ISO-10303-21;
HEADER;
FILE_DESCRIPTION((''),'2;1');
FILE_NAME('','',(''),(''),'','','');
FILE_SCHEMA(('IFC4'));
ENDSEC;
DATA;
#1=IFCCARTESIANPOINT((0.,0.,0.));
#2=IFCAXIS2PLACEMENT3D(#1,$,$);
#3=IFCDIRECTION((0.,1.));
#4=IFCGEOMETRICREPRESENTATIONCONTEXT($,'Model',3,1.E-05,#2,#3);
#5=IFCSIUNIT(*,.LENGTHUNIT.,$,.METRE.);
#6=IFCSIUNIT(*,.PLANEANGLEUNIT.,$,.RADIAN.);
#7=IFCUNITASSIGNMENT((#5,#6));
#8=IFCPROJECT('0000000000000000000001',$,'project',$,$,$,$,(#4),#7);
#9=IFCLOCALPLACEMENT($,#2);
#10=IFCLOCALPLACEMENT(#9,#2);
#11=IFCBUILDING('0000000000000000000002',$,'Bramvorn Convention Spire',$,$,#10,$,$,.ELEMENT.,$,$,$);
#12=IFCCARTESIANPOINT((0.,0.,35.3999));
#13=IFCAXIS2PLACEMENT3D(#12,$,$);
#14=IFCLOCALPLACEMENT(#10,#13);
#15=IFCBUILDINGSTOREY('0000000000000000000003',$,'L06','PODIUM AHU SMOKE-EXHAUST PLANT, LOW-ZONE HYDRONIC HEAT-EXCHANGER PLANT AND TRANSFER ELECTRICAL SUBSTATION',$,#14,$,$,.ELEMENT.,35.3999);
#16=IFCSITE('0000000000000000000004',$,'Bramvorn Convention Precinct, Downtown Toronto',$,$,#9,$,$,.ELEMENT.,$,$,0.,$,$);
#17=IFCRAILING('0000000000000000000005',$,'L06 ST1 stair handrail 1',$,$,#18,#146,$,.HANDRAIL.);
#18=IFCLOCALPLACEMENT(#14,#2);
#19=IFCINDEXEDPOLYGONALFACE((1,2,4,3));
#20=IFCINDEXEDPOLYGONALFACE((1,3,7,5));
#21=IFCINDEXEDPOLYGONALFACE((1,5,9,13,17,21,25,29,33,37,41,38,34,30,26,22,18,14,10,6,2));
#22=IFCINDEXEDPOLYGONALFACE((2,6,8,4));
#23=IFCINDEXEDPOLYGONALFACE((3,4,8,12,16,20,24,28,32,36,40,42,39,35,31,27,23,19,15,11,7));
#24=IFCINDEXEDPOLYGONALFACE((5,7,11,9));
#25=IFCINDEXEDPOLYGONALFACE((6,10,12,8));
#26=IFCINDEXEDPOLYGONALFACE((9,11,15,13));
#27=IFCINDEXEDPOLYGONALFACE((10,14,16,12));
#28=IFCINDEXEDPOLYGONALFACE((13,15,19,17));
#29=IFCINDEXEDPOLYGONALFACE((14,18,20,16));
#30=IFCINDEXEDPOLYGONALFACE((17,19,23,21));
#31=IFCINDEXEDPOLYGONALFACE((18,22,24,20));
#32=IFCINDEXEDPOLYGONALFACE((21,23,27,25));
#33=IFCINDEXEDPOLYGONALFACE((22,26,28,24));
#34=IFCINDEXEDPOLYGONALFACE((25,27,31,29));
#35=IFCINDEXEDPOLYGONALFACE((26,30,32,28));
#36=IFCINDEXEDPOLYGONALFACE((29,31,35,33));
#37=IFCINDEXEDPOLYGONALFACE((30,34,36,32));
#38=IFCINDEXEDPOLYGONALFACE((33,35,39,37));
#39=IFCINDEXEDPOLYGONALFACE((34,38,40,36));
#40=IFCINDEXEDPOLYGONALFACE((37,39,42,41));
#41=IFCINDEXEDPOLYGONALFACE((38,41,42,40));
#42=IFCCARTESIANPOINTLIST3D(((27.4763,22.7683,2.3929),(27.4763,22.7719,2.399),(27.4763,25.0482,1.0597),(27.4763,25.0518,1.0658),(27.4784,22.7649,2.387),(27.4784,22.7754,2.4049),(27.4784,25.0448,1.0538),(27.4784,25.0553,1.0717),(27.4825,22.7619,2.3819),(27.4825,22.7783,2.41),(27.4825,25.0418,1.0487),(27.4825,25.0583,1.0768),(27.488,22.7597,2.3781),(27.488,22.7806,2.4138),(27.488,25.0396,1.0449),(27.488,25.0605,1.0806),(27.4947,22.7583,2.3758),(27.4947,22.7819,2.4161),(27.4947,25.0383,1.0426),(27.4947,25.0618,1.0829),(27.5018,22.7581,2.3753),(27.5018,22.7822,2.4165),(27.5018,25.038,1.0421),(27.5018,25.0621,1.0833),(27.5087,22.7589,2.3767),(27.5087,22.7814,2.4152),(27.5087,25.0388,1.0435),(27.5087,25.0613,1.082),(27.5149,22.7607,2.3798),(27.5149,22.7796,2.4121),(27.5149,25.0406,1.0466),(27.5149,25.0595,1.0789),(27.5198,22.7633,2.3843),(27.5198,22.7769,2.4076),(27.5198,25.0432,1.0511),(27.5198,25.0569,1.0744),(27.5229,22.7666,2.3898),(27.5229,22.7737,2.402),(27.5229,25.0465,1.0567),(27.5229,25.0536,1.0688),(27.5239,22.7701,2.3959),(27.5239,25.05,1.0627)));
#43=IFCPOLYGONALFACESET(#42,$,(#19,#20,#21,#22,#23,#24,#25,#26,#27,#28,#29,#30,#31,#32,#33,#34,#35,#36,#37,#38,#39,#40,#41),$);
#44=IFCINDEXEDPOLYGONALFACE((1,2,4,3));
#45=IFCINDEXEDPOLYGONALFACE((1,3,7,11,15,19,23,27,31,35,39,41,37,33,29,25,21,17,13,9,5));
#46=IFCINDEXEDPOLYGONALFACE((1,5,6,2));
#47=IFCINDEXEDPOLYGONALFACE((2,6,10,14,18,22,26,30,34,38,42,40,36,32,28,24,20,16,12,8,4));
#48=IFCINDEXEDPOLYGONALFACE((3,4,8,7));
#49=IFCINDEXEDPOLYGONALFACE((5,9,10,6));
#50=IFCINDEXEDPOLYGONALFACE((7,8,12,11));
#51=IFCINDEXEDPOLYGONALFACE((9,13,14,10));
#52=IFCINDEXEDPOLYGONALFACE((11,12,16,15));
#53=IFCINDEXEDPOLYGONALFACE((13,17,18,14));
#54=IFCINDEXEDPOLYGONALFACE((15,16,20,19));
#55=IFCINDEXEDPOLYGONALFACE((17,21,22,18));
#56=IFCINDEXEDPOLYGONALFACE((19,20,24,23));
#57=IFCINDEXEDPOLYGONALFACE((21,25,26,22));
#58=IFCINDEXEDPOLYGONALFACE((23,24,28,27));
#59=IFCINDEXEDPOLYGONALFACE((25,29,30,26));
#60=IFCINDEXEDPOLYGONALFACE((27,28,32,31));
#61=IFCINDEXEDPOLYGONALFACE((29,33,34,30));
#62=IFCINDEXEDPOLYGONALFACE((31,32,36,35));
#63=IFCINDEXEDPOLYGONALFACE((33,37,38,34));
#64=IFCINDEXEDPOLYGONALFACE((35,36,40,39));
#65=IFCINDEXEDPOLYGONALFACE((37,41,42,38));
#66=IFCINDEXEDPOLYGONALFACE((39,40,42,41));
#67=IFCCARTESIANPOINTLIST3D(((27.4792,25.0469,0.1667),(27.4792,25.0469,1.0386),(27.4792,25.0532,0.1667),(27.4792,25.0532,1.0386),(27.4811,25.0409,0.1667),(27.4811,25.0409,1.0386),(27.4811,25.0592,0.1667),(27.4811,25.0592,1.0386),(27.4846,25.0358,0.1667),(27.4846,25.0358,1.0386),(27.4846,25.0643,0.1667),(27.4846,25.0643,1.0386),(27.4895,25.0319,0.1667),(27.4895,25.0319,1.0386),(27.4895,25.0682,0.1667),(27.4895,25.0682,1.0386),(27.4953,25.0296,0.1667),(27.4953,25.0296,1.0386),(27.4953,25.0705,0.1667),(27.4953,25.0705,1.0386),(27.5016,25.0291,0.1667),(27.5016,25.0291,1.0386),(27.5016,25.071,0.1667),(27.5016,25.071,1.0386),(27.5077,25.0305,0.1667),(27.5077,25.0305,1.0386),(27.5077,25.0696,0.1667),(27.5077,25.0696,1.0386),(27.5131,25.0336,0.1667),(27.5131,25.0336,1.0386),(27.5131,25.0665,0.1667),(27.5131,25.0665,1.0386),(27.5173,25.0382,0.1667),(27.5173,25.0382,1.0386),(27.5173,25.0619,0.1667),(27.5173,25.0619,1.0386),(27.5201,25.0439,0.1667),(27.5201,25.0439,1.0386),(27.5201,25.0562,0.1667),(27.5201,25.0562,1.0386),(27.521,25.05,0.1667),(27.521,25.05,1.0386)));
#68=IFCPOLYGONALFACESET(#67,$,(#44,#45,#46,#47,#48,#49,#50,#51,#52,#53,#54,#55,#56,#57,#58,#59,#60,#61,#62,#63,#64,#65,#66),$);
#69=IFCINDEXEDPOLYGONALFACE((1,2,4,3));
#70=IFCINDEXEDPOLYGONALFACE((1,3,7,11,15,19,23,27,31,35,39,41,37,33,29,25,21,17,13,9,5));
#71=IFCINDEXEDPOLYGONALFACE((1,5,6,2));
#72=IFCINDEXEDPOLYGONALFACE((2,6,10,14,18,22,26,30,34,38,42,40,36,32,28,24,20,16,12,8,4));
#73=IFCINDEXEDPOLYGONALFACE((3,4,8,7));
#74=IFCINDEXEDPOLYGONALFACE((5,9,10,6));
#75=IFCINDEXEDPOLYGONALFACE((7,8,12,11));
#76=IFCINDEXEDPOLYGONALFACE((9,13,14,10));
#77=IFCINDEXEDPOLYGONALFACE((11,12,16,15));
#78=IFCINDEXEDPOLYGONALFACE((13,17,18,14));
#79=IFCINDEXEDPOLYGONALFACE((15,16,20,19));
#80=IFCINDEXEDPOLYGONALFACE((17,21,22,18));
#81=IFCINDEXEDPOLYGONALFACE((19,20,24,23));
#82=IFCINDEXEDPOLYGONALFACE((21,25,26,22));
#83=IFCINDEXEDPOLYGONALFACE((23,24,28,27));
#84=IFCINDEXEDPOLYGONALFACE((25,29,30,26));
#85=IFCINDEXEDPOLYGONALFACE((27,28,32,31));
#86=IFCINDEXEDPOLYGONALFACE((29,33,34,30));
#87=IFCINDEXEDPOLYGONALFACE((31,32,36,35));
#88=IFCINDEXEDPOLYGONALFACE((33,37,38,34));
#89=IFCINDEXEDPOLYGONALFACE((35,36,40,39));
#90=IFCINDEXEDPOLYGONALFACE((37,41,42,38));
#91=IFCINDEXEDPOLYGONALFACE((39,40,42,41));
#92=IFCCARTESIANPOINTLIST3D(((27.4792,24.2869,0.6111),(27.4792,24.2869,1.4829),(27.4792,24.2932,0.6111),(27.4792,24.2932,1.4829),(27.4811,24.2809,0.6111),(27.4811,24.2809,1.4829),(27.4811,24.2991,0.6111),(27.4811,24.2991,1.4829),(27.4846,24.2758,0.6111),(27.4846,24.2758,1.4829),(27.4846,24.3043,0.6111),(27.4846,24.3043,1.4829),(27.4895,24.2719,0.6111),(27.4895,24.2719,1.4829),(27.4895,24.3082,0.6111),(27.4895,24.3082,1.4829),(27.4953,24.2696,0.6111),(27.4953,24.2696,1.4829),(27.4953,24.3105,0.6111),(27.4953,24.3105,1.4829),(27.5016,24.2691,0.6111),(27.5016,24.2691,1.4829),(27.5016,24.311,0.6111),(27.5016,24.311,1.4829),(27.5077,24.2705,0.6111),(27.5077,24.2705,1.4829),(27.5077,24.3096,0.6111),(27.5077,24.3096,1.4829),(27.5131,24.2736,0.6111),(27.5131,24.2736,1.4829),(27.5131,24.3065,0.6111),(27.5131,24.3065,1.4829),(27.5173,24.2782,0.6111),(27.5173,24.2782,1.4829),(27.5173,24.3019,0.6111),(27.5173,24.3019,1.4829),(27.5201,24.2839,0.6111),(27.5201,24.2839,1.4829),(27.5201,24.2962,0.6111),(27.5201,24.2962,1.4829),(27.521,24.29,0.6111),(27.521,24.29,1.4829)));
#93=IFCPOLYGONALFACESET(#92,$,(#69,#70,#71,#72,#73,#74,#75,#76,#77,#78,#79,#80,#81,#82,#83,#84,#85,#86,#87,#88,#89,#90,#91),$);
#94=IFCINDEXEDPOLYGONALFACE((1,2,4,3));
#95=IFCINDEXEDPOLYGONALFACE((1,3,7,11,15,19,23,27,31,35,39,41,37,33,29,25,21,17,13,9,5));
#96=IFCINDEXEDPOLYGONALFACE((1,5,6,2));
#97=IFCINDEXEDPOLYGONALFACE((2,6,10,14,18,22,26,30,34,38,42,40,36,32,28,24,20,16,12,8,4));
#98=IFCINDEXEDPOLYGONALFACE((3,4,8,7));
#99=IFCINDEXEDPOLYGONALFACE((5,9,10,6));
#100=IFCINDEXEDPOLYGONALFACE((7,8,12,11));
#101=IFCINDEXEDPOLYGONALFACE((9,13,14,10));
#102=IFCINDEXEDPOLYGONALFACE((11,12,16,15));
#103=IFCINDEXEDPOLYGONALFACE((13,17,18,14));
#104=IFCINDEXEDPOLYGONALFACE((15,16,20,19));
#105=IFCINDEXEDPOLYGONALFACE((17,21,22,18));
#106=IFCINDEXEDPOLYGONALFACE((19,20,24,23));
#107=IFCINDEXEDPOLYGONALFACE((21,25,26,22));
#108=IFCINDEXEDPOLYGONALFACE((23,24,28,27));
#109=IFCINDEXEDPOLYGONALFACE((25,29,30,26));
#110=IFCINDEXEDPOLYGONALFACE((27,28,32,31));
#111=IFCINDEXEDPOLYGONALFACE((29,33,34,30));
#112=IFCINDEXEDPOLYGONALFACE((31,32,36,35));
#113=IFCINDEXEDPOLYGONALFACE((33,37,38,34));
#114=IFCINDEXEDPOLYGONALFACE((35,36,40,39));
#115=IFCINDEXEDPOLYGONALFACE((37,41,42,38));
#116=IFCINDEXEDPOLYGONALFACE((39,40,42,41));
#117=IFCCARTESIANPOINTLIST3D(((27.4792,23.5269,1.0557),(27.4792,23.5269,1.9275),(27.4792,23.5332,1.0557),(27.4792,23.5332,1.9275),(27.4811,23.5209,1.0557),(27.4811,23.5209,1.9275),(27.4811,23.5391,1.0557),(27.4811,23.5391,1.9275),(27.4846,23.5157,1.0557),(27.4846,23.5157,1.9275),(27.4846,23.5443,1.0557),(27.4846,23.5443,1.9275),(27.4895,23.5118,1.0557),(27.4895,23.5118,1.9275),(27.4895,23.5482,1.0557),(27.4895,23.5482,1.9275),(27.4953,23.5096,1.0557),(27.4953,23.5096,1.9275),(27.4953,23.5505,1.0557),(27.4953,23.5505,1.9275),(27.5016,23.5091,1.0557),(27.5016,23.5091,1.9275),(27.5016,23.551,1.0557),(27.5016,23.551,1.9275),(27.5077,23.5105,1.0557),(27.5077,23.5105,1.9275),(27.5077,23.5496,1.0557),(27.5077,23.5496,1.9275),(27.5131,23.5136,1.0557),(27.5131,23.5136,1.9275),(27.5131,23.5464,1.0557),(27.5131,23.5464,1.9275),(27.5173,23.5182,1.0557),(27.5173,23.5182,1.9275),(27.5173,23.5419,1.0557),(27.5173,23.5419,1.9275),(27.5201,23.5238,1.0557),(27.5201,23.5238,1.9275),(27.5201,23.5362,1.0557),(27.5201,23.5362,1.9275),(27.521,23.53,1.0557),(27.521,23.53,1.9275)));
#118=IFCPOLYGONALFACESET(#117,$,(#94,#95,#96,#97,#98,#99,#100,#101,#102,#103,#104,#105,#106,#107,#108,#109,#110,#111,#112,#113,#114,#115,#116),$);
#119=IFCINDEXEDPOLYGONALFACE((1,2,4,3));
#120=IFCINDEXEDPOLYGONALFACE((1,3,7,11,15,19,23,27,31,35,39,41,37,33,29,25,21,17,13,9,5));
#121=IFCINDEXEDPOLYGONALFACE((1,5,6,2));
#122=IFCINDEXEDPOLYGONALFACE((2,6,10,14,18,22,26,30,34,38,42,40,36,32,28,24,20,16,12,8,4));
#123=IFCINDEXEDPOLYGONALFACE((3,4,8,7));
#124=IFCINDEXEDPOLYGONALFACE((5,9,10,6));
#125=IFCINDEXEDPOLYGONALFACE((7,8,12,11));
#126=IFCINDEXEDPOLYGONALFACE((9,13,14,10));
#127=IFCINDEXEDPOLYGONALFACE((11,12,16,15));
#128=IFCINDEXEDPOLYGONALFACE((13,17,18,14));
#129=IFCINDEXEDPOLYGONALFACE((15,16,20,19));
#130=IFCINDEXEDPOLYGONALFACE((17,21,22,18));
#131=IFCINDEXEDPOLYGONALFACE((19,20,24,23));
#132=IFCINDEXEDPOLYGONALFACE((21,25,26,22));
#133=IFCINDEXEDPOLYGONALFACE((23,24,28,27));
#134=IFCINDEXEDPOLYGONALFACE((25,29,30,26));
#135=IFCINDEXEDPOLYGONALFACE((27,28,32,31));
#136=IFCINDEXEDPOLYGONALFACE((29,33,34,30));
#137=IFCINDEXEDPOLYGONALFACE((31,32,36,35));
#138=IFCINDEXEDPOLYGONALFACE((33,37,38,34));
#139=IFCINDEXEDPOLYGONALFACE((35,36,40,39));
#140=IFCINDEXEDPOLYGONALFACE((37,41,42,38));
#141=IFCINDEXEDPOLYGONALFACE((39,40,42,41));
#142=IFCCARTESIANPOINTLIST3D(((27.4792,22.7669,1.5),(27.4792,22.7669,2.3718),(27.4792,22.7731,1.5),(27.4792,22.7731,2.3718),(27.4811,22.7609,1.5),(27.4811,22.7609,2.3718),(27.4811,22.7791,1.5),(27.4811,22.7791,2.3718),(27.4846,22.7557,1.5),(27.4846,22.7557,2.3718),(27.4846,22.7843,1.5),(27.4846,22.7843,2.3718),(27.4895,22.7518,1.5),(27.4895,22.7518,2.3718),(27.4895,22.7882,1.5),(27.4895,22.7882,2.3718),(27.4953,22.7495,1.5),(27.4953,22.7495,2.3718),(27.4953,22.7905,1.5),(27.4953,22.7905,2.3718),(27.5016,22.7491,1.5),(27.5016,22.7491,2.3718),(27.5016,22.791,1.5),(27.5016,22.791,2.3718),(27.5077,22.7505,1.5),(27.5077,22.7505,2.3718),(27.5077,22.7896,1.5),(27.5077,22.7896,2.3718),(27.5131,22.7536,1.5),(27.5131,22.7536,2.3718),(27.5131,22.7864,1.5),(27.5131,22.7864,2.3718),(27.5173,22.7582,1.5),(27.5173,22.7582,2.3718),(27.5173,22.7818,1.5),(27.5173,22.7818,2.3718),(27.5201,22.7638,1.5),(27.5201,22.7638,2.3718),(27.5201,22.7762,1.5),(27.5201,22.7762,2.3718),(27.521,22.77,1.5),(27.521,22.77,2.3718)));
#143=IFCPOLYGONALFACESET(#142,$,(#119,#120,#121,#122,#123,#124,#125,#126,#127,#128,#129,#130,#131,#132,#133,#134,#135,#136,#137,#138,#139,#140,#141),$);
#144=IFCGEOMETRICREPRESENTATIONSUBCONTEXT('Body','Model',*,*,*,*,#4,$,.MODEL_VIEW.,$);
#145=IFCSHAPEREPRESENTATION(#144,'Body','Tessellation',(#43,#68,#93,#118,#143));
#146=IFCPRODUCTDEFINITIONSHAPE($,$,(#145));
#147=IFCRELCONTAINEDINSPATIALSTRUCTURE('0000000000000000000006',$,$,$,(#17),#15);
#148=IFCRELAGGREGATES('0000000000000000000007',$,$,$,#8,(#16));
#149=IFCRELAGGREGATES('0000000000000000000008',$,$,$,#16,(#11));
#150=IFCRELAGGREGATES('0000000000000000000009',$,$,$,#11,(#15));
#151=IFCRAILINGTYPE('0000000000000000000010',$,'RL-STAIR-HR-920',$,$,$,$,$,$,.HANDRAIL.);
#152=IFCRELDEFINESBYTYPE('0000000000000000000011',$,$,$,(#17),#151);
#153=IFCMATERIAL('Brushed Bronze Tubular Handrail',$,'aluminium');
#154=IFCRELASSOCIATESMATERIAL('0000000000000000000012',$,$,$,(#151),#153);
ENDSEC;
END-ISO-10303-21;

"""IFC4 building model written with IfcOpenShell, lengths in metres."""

from ifc_helpers import new_model, si_unit, direction, frame, origin, origin_2d, place, context, subcontext, project, spatial, circle, extrude, material, type_object, element, save


model = new_model("IFC4")

# Units and contexts
model_context = context("Model", 3, precision=1e-05, world=origin(), true_north=direction((0.0, 1.0)))
body_context = subcontext(model_context, "Body", "Model", "MODEL_VIEW")
ifc_project = project(units=[si_unit("LENGTHUNIT", "METRE"), si_unit("PLANEANGLEUNIT", "RADIAN")], contexts=[model_context])

# Site, building, storey
site_placement = place(None, origin())
site = spatial("IfcSite", under=ifc_project, at=site_placement, Name="Bramvorn Convention Precinct, Downtown Toronto", CompositionType="ELEMENT", RefElevation=0.0)
building_placement = place(site_placement, origin())
building = spatial("IfcBuilding", under=site, at=building_placement, Name="Bramvorn Convention Spire", CompositionType="ELEMENT")
storey_placement = place(building_placement, frame((0.0, 0.0, 35.3999)))
storey = spatial("IfcBuildingStorey", under=building, at=storey_placement, Name="L06", Description="PODIUM AHU SMOKE-EXHAUST PLANT, LOW-ZONE HYDRONIC HEAT-EXCHANGER PLANT AND TRANSFER ELECTRICAL SUBSTATION", CompositionType="ELEMENT", Elevation=35.3999)

# Railing
ifc_material_1 = material(Name="Brushed Bronze Tubular Handrail", Category="aluminium")
railing_type_1 = type_object("IfcRailingType", Name="RL-STAIR-HR-920", PredefinedType="HANDRAIL", material=ifc_material_1)
for number, where, name in (
    (1, (27.5, 25.05, 0.1667), "L06 ST1 stair handrail 1"),
):
    element("IfcRailing", number, at=place(storey_placement, frame(where)), inside=storey, type_object=railing_type_1, Name=name, PredefinedType="HANDRAIL", context=body_context, shape_type="SweptSolid", body=[
        extrude(circle(Radius=0.0239, at=origin_2d()), frame((0.0, 0.0, 0.896), z_axis=(0.0, -0.863245, 0.504785), x_axis=(1.0, 0.0, 0.0)), (0.0, 0.0, 1.0), 2.6411),
        extrude(circle(Radius=0.021, at=origin_2d()), origin(), (0.0, 0.0, 1.0), 0.8718),
        extrude(circle(Radius=0.021, at=origin_2d()), frame((0.0, -0.76, 0.4443)), (0.0, 0.0, 1.0), 0.8718),
        extrude(circle(Radius=0.021, at=origin_2d()), frame((0.0, -1.52, 0.8889)), (0.0, 0.0, 1.0), 0.8718),
        extrude(circle(Radius=0.021, at=origin_2d()), frame((0.0, -2.28, 1.3333)), (0.0, 0.0, 1.0), 0.8718),
    ])

save(model, "model.ifc")
